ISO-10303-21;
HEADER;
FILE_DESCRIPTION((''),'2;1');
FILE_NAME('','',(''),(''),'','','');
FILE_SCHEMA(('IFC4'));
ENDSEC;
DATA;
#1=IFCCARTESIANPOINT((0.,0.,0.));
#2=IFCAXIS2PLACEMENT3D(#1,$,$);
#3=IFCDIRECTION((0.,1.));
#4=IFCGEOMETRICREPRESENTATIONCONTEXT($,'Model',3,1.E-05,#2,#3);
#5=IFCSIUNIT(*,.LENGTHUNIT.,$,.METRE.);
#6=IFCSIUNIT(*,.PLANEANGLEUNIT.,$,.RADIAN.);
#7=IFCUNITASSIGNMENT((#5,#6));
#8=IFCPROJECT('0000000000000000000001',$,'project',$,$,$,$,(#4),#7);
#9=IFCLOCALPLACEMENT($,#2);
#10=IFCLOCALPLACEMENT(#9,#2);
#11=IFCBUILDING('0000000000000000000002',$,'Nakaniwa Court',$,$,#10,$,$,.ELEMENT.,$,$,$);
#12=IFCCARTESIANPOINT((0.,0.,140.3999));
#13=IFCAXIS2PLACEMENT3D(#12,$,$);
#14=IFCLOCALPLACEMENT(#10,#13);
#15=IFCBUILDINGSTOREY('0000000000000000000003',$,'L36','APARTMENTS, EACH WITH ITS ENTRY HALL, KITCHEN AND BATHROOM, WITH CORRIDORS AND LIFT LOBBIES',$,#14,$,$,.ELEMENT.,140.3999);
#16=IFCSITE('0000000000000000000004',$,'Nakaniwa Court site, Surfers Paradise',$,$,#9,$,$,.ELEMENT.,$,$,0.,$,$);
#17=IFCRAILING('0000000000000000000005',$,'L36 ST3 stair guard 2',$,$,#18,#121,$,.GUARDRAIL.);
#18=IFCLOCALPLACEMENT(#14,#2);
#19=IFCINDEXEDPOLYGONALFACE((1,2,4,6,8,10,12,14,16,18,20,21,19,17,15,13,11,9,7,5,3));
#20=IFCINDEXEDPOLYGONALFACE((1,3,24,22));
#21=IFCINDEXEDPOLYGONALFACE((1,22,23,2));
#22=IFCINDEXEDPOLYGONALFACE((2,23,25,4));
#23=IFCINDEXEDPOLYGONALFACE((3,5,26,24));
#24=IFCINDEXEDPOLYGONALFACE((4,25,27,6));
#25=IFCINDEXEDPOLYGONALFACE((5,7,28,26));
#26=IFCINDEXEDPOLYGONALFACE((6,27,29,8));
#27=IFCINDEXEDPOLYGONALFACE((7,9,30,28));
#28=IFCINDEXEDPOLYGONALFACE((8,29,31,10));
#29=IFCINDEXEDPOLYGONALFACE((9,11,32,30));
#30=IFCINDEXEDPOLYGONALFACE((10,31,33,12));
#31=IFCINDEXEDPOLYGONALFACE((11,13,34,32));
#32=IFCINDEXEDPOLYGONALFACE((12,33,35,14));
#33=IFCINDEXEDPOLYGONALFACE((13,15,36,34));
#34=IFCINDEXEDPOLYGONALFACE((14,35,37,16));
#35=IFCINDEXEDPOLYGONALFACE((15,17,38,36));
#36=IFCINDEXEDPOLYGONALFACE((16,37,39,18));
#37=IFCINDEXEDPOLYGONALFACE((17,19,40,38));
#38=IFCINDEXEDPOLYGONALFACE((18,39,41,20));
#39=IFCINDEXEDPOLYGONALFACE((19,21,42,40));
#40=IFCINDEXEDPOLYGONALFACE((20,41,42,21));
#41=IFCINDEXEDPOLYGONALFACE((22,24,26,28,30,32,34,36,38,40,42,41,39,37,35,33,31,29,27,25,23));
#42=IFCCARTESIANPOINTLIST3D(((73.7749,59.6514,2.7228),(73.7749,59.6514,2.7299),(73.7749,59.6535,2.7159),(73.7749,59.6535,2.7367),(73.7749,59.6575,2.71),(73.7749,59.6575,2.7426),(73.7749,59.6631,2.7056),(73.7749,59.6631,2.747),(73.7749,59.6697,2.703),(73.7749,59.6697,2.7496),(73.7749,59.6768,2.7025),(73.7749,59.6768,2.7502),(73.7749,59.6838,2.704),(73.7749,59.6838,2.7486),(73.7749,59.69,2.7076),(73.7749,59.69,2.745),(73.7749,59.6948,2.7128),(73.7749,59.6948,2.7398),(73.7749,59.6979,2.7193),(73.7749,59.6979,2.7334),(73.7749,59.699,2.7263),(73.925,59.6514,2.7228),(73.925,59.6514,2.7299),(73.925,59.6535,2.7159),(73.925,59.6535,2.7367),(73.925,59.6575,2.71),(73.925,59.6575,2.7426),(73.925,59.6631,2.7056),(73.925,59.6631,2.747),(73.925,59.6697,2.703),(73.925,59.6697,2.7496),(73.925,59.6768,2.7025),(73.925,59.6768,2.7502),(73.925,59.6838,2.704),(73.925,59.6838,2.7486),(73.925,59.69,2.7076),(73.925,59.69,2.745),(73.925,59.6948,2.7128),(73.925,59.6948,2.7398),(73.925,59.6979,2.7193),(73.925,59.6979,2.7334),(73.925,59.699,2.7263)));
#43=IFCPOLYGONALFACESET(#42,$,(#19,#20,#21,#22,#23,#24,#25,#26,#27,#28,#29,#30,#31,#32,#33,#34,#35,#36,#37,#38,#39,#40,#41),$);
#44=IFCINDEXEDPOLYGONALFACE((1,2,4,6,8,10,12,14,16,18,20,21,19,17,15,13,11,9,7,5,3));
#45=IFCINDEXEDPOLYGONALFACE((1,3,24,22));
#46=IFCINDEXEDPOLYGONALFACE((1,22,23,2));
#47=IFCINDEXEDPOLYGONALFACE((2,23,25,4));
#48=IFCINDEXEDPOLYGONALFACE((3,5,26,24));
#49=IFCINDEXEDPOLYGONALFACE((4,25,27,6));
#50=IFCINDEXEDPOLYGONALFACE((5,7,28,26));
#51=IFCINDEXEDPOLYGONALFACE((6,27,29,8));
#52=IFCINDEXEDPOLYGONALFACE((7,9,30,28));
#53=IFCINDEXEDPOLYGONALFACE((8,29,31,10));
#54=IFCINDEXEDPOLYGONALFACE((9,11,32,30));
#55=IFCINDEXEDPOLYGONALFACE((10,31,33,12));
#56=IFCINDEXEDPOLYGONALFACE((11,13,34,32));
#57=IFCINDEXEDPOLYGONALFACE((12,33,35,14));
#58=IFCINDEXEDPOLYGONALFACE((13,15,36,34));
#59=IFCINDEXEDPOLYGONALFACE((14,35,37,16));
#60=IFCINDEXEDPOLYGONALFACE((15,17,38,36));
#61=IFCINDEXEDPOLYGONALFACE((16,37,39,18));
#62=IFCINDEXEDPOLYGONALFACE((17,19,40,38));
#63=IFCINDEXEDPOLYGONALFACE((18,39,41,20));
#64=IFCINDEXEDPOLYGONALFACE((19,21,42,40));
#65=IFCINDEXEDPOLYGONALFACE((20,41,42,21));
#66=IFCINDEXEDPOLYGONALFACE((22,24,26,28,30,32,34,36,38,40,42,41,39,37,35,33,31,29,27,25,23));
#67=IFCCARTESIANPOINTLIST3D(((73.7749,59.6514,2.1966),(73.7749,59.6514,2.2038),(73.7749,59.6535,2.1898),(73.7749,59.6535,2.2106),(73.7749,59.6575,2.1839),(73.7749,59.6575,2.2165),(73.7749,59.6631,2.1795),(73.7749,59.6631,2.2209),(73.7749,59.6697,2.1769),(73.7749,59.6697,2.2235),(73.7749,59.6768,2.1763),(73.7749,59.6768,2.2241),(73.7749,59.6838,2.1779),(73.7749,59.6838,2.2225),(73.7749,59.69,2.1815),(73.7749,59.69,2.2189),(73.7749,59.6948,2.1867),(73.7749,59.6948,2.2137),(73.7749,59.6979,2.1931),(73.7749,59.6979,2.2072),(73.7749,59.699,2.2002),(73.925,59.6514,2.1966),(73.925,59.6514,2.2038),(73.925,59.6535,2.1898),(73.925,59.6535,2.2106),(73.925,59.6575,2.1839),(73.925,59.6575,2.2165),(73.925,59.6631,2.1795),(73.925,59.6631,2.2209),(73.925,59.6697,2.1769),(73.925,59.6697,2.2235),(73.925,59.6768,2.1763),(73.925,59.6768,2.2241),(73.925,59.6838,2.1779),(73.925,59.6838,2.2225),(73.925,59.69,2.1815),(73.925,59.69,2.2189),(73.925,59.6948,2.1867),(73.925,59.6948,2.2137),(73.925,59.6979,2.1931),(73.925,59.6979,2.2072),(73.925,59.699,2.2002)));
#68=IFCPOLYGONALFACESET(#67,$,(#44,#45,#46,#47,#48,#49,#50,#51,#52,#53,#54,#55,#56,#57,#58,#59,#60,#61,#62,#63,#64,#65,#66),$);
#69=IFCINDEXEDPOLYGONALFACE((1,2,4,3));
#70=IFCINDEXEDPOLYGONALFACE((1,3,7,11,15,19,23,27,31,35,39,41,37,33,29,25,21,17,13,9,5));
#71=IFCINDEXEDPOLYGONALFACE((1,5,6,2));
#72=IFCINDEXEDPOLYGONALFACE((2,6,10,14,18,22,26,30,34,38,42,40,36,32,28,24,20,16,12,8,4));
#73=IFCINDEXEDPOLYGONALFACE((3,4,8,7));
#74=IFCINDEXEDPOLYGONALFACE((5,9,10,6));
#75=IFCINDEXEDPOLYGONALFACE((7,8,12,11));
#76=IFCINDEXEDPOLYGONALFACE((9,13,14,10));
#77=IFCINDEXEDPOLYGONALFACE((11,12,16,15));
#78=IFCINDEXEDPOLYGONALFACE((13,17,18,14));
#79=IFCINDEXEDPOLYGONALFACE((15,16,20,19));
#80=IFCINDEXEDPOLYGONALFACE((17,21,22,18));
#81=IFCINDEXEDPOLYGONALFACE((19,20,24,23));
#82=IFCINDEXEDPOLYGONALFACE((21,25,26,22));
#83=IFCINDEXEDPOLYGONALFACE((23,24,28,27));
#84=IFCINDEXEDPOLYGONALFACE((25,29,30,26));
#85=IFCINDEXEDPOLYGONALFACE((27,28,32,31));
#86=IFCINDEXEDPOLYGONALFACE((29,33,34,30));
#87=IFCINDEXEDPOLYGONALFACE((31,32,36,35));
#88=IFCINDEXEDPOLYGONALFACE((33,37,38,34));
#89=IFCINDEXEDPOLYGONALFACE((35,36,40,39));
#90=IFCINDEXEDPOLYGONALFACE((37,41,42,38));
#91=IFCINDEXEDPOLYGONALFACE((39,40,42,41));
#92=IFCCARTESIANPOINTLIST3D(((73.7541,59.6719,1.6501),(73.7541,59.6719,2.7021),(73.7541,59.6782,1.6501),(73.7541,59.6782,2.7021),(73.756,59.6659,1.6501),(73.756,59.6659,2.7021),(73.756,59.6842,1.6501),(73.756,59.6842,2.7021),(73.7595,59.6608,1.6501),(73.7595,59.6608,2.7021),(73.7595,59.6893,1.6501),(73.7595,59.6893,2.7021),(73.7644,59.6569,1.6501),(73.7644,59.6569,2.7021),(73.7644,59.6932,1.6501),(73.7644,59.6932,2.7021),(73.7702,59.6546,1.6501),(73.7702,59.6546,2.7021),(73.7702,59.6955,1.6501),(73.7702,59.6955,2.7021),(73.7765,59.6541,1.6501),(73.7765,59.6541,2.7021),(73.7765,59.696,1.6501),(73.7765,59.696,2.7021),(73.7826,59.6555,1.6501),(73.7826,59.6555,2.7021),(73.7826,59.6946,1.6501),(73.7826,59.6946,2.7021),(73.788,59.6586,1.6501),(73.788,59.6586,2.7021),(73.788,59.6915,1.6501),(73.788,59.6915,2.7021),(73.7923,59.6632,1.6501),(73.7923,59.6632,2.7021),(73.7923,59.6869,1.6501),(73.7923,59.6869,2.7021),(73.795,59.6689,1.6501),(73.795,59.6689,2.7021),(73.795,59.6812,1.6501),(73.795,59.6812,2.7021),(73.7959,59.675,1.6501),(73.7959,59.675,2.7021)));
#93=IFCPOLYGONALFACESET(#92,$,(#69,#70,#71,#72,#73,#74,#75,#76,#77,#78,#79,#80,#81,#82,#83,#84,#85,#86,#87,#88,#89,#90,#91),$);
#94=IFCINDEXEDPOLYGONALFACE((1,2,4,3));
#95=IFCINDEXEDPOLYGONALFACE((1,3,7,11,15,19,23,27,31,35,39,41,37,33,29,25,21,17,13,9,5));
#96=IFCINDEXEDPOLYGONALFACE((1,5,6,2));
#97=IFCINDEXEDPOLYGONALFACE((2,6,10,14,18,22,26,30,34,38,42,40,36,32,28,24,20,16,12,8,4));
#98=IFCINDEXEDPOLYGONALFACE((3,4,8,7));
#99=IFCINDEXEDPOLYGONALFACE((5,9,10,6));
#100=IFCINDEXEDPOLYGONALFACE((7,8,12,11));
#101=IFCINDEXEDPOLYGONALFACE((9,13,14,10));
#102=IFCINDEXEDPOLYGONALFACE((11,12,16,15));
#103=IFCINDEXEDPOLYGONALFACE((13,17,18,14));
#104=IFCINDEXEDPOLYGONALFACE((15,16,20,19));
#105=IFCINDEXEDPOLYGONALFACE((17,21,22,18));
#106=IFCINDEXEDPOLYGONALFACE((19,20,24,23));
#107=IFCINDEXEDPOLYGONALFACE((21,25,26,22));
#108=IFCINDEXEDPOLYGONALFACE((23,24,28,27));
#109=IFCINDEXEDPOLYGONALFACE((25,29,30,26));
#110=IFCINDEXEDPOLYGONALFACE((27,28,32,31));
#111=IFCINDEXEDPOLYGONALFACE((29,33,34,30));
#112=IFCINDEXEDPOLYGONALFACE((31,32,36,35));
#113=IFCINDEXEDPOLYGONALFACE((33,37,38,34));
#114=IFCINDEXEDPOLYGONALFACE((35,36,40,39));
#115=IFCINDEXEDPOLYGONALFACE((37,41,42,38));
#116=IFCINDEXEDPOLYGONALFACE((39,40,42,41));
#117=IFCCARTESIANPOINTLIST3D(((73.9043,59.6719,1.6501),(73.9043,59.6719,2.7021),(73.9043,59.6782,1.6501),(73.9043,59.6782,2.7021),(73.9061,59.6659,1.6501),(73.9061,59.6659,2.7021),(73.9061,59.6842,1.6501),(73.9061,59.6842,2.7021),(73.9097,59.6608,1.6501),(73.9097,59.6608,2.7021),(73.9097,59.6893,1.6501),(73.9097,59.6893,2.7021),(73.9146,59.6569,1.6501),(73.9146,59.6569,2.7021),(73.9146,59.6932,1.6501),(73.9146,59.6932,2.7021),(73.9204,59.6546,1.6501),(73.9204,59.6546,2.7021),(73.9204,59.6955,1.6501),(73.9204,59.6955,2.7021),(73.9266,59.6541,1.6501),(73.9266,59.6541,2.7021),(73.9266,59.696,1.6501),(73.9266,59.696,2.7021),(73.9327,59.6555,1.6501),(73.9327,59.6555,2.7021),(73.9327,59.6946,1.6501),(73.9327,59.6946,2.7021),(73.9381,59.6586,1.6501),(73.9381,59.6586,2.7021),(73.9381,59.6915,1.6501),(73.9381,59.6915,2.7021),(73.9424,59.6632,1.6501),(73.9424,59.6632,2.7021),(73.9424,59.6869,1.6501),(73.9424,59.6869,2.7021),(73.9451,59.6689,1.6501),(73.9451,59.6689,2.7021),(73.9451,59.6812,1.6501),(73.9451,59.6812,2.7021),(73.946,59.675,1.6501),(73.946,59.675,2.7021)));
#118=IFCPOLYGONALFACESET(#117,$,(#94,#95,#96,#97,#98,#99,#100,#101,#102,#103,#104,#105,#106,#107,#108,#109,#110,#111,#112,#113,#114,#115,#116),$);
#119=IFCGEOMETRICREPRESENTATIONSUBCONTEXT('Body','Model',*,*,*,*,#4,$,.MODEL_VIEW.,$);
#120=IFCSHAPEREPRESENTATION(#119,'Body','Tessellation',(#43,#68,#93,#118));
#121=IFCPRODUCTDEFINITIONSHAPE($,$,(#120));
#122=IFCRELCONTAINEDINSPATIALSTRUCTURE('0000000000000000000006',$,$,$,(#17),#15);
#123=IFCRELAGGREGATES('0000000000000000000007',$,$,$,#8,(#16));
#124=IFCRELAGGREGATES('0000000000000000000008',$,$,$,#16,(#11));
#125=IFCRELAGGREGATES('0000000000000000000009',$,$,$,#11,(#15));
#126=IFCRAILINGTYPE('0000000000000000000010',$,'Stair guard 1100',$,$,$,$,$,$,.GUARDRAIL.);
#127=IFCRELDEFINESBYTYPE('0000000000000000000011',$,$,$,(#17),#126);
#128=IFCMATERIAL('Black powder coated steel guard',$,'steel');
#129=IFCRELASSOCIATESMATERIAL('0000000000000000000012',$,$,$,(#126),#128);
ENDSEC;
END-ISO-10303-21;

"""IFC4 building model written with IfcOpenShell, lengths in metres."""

from ifc_helpers import new_model, si_unit, direction, frame, origin, origin_2d, place, context, subcontext, project, spatial, circle, extrude, material, type_object, element, save


model = new_model("IFC4")

# Units and contexts
model_context = context("Model", 3, precision=1e-05, world=origin(), true_north=direction((0.0, 1.0)))
body_context = subcontext(model_context, "Body", "Model", "MODEL_VIEW")
ifc_project = project(units=[si_unit("LENGTHUNIT", "METRE"), si_unit("PLANEANGLEUNIT", "RADIAN")], contexts=[model_context])

# Site, building, storey
site_placement = place(None, origin())
site = spatial("IfcSite", under=ifc_project, at=site_placement, Name="Nakaniwa Court site, Surfers Paradise", CompositionType="ELEMENT", RefElevation=0.0)
building_placement = place(site_placement, origin())
building = spatial("IfcBuilding", under=site, at=building_placement, Name="Nakaniwa Court", CompositionType="ELEMENT")
storey_placement = place(building_placement, frame((0.0, 0.0, 140.3999)))
storey = spatial("IfcBuildingStorey", under=building, at=storey_placement, Name="L36", Description="APARTMENTS, EACH WITH ITS ENTRY HALL, KITCHEN AND BATHROOM, WITH CORRIDORS AND LIFT LOBBIES", CompositionType="ELEMENT", Elevation=140.3999)

# Railing
ifc_material_1 = material(Name="Black powder coated steel guard", Category="steel")
railing_type_1 = type_object("IfcRailingType", Name="Stair guard 1100", PredefinedType="GUARDRAIL", material=ifc_material_1)
railing_1_placement = place(storey_placement, frame((73.7749, 59.675, 1.6501)))
element("IfcRailing", 1, at=railing_1_placement, inside=storey, type_object=railing_type_1, Name="L36 ST3 stair guard 2", PredefinedType="GUARDRAIL", context=body_context, shape_type="SweptSolid", body=[
    extrude(circle(Radius=0.0239, at=origin_2d()), frame((0.0, 0.0, 1.0762), z_axis=(1.0, 0.0, 0.0), x_axis=(0.0, 1.0, 0.0)), (0.0, 0.0, 1.0), 0.1501),
    extrude(circle(Radius=0.0239, at=origin_2d()), frame((0.0, 0.0, 0.55), z_axis=(1.0, 0.0, 0.0), x_axis=(0.0, 1.0, 0.0)), (0.0, 0.0, 1.0), 0.1501),
    extrude(circle(Radius=0.021, at=origin_2d()), origin(), (0.0, 0.0, 1.0), 1.052),
    extrude(circle(Radius=0.021, at=origin_2d()), frame((0.1501, 0.0, 0.0)), (0.0, 0.0, 1.0), 1.052),
])

save(model, "model.ifc")
